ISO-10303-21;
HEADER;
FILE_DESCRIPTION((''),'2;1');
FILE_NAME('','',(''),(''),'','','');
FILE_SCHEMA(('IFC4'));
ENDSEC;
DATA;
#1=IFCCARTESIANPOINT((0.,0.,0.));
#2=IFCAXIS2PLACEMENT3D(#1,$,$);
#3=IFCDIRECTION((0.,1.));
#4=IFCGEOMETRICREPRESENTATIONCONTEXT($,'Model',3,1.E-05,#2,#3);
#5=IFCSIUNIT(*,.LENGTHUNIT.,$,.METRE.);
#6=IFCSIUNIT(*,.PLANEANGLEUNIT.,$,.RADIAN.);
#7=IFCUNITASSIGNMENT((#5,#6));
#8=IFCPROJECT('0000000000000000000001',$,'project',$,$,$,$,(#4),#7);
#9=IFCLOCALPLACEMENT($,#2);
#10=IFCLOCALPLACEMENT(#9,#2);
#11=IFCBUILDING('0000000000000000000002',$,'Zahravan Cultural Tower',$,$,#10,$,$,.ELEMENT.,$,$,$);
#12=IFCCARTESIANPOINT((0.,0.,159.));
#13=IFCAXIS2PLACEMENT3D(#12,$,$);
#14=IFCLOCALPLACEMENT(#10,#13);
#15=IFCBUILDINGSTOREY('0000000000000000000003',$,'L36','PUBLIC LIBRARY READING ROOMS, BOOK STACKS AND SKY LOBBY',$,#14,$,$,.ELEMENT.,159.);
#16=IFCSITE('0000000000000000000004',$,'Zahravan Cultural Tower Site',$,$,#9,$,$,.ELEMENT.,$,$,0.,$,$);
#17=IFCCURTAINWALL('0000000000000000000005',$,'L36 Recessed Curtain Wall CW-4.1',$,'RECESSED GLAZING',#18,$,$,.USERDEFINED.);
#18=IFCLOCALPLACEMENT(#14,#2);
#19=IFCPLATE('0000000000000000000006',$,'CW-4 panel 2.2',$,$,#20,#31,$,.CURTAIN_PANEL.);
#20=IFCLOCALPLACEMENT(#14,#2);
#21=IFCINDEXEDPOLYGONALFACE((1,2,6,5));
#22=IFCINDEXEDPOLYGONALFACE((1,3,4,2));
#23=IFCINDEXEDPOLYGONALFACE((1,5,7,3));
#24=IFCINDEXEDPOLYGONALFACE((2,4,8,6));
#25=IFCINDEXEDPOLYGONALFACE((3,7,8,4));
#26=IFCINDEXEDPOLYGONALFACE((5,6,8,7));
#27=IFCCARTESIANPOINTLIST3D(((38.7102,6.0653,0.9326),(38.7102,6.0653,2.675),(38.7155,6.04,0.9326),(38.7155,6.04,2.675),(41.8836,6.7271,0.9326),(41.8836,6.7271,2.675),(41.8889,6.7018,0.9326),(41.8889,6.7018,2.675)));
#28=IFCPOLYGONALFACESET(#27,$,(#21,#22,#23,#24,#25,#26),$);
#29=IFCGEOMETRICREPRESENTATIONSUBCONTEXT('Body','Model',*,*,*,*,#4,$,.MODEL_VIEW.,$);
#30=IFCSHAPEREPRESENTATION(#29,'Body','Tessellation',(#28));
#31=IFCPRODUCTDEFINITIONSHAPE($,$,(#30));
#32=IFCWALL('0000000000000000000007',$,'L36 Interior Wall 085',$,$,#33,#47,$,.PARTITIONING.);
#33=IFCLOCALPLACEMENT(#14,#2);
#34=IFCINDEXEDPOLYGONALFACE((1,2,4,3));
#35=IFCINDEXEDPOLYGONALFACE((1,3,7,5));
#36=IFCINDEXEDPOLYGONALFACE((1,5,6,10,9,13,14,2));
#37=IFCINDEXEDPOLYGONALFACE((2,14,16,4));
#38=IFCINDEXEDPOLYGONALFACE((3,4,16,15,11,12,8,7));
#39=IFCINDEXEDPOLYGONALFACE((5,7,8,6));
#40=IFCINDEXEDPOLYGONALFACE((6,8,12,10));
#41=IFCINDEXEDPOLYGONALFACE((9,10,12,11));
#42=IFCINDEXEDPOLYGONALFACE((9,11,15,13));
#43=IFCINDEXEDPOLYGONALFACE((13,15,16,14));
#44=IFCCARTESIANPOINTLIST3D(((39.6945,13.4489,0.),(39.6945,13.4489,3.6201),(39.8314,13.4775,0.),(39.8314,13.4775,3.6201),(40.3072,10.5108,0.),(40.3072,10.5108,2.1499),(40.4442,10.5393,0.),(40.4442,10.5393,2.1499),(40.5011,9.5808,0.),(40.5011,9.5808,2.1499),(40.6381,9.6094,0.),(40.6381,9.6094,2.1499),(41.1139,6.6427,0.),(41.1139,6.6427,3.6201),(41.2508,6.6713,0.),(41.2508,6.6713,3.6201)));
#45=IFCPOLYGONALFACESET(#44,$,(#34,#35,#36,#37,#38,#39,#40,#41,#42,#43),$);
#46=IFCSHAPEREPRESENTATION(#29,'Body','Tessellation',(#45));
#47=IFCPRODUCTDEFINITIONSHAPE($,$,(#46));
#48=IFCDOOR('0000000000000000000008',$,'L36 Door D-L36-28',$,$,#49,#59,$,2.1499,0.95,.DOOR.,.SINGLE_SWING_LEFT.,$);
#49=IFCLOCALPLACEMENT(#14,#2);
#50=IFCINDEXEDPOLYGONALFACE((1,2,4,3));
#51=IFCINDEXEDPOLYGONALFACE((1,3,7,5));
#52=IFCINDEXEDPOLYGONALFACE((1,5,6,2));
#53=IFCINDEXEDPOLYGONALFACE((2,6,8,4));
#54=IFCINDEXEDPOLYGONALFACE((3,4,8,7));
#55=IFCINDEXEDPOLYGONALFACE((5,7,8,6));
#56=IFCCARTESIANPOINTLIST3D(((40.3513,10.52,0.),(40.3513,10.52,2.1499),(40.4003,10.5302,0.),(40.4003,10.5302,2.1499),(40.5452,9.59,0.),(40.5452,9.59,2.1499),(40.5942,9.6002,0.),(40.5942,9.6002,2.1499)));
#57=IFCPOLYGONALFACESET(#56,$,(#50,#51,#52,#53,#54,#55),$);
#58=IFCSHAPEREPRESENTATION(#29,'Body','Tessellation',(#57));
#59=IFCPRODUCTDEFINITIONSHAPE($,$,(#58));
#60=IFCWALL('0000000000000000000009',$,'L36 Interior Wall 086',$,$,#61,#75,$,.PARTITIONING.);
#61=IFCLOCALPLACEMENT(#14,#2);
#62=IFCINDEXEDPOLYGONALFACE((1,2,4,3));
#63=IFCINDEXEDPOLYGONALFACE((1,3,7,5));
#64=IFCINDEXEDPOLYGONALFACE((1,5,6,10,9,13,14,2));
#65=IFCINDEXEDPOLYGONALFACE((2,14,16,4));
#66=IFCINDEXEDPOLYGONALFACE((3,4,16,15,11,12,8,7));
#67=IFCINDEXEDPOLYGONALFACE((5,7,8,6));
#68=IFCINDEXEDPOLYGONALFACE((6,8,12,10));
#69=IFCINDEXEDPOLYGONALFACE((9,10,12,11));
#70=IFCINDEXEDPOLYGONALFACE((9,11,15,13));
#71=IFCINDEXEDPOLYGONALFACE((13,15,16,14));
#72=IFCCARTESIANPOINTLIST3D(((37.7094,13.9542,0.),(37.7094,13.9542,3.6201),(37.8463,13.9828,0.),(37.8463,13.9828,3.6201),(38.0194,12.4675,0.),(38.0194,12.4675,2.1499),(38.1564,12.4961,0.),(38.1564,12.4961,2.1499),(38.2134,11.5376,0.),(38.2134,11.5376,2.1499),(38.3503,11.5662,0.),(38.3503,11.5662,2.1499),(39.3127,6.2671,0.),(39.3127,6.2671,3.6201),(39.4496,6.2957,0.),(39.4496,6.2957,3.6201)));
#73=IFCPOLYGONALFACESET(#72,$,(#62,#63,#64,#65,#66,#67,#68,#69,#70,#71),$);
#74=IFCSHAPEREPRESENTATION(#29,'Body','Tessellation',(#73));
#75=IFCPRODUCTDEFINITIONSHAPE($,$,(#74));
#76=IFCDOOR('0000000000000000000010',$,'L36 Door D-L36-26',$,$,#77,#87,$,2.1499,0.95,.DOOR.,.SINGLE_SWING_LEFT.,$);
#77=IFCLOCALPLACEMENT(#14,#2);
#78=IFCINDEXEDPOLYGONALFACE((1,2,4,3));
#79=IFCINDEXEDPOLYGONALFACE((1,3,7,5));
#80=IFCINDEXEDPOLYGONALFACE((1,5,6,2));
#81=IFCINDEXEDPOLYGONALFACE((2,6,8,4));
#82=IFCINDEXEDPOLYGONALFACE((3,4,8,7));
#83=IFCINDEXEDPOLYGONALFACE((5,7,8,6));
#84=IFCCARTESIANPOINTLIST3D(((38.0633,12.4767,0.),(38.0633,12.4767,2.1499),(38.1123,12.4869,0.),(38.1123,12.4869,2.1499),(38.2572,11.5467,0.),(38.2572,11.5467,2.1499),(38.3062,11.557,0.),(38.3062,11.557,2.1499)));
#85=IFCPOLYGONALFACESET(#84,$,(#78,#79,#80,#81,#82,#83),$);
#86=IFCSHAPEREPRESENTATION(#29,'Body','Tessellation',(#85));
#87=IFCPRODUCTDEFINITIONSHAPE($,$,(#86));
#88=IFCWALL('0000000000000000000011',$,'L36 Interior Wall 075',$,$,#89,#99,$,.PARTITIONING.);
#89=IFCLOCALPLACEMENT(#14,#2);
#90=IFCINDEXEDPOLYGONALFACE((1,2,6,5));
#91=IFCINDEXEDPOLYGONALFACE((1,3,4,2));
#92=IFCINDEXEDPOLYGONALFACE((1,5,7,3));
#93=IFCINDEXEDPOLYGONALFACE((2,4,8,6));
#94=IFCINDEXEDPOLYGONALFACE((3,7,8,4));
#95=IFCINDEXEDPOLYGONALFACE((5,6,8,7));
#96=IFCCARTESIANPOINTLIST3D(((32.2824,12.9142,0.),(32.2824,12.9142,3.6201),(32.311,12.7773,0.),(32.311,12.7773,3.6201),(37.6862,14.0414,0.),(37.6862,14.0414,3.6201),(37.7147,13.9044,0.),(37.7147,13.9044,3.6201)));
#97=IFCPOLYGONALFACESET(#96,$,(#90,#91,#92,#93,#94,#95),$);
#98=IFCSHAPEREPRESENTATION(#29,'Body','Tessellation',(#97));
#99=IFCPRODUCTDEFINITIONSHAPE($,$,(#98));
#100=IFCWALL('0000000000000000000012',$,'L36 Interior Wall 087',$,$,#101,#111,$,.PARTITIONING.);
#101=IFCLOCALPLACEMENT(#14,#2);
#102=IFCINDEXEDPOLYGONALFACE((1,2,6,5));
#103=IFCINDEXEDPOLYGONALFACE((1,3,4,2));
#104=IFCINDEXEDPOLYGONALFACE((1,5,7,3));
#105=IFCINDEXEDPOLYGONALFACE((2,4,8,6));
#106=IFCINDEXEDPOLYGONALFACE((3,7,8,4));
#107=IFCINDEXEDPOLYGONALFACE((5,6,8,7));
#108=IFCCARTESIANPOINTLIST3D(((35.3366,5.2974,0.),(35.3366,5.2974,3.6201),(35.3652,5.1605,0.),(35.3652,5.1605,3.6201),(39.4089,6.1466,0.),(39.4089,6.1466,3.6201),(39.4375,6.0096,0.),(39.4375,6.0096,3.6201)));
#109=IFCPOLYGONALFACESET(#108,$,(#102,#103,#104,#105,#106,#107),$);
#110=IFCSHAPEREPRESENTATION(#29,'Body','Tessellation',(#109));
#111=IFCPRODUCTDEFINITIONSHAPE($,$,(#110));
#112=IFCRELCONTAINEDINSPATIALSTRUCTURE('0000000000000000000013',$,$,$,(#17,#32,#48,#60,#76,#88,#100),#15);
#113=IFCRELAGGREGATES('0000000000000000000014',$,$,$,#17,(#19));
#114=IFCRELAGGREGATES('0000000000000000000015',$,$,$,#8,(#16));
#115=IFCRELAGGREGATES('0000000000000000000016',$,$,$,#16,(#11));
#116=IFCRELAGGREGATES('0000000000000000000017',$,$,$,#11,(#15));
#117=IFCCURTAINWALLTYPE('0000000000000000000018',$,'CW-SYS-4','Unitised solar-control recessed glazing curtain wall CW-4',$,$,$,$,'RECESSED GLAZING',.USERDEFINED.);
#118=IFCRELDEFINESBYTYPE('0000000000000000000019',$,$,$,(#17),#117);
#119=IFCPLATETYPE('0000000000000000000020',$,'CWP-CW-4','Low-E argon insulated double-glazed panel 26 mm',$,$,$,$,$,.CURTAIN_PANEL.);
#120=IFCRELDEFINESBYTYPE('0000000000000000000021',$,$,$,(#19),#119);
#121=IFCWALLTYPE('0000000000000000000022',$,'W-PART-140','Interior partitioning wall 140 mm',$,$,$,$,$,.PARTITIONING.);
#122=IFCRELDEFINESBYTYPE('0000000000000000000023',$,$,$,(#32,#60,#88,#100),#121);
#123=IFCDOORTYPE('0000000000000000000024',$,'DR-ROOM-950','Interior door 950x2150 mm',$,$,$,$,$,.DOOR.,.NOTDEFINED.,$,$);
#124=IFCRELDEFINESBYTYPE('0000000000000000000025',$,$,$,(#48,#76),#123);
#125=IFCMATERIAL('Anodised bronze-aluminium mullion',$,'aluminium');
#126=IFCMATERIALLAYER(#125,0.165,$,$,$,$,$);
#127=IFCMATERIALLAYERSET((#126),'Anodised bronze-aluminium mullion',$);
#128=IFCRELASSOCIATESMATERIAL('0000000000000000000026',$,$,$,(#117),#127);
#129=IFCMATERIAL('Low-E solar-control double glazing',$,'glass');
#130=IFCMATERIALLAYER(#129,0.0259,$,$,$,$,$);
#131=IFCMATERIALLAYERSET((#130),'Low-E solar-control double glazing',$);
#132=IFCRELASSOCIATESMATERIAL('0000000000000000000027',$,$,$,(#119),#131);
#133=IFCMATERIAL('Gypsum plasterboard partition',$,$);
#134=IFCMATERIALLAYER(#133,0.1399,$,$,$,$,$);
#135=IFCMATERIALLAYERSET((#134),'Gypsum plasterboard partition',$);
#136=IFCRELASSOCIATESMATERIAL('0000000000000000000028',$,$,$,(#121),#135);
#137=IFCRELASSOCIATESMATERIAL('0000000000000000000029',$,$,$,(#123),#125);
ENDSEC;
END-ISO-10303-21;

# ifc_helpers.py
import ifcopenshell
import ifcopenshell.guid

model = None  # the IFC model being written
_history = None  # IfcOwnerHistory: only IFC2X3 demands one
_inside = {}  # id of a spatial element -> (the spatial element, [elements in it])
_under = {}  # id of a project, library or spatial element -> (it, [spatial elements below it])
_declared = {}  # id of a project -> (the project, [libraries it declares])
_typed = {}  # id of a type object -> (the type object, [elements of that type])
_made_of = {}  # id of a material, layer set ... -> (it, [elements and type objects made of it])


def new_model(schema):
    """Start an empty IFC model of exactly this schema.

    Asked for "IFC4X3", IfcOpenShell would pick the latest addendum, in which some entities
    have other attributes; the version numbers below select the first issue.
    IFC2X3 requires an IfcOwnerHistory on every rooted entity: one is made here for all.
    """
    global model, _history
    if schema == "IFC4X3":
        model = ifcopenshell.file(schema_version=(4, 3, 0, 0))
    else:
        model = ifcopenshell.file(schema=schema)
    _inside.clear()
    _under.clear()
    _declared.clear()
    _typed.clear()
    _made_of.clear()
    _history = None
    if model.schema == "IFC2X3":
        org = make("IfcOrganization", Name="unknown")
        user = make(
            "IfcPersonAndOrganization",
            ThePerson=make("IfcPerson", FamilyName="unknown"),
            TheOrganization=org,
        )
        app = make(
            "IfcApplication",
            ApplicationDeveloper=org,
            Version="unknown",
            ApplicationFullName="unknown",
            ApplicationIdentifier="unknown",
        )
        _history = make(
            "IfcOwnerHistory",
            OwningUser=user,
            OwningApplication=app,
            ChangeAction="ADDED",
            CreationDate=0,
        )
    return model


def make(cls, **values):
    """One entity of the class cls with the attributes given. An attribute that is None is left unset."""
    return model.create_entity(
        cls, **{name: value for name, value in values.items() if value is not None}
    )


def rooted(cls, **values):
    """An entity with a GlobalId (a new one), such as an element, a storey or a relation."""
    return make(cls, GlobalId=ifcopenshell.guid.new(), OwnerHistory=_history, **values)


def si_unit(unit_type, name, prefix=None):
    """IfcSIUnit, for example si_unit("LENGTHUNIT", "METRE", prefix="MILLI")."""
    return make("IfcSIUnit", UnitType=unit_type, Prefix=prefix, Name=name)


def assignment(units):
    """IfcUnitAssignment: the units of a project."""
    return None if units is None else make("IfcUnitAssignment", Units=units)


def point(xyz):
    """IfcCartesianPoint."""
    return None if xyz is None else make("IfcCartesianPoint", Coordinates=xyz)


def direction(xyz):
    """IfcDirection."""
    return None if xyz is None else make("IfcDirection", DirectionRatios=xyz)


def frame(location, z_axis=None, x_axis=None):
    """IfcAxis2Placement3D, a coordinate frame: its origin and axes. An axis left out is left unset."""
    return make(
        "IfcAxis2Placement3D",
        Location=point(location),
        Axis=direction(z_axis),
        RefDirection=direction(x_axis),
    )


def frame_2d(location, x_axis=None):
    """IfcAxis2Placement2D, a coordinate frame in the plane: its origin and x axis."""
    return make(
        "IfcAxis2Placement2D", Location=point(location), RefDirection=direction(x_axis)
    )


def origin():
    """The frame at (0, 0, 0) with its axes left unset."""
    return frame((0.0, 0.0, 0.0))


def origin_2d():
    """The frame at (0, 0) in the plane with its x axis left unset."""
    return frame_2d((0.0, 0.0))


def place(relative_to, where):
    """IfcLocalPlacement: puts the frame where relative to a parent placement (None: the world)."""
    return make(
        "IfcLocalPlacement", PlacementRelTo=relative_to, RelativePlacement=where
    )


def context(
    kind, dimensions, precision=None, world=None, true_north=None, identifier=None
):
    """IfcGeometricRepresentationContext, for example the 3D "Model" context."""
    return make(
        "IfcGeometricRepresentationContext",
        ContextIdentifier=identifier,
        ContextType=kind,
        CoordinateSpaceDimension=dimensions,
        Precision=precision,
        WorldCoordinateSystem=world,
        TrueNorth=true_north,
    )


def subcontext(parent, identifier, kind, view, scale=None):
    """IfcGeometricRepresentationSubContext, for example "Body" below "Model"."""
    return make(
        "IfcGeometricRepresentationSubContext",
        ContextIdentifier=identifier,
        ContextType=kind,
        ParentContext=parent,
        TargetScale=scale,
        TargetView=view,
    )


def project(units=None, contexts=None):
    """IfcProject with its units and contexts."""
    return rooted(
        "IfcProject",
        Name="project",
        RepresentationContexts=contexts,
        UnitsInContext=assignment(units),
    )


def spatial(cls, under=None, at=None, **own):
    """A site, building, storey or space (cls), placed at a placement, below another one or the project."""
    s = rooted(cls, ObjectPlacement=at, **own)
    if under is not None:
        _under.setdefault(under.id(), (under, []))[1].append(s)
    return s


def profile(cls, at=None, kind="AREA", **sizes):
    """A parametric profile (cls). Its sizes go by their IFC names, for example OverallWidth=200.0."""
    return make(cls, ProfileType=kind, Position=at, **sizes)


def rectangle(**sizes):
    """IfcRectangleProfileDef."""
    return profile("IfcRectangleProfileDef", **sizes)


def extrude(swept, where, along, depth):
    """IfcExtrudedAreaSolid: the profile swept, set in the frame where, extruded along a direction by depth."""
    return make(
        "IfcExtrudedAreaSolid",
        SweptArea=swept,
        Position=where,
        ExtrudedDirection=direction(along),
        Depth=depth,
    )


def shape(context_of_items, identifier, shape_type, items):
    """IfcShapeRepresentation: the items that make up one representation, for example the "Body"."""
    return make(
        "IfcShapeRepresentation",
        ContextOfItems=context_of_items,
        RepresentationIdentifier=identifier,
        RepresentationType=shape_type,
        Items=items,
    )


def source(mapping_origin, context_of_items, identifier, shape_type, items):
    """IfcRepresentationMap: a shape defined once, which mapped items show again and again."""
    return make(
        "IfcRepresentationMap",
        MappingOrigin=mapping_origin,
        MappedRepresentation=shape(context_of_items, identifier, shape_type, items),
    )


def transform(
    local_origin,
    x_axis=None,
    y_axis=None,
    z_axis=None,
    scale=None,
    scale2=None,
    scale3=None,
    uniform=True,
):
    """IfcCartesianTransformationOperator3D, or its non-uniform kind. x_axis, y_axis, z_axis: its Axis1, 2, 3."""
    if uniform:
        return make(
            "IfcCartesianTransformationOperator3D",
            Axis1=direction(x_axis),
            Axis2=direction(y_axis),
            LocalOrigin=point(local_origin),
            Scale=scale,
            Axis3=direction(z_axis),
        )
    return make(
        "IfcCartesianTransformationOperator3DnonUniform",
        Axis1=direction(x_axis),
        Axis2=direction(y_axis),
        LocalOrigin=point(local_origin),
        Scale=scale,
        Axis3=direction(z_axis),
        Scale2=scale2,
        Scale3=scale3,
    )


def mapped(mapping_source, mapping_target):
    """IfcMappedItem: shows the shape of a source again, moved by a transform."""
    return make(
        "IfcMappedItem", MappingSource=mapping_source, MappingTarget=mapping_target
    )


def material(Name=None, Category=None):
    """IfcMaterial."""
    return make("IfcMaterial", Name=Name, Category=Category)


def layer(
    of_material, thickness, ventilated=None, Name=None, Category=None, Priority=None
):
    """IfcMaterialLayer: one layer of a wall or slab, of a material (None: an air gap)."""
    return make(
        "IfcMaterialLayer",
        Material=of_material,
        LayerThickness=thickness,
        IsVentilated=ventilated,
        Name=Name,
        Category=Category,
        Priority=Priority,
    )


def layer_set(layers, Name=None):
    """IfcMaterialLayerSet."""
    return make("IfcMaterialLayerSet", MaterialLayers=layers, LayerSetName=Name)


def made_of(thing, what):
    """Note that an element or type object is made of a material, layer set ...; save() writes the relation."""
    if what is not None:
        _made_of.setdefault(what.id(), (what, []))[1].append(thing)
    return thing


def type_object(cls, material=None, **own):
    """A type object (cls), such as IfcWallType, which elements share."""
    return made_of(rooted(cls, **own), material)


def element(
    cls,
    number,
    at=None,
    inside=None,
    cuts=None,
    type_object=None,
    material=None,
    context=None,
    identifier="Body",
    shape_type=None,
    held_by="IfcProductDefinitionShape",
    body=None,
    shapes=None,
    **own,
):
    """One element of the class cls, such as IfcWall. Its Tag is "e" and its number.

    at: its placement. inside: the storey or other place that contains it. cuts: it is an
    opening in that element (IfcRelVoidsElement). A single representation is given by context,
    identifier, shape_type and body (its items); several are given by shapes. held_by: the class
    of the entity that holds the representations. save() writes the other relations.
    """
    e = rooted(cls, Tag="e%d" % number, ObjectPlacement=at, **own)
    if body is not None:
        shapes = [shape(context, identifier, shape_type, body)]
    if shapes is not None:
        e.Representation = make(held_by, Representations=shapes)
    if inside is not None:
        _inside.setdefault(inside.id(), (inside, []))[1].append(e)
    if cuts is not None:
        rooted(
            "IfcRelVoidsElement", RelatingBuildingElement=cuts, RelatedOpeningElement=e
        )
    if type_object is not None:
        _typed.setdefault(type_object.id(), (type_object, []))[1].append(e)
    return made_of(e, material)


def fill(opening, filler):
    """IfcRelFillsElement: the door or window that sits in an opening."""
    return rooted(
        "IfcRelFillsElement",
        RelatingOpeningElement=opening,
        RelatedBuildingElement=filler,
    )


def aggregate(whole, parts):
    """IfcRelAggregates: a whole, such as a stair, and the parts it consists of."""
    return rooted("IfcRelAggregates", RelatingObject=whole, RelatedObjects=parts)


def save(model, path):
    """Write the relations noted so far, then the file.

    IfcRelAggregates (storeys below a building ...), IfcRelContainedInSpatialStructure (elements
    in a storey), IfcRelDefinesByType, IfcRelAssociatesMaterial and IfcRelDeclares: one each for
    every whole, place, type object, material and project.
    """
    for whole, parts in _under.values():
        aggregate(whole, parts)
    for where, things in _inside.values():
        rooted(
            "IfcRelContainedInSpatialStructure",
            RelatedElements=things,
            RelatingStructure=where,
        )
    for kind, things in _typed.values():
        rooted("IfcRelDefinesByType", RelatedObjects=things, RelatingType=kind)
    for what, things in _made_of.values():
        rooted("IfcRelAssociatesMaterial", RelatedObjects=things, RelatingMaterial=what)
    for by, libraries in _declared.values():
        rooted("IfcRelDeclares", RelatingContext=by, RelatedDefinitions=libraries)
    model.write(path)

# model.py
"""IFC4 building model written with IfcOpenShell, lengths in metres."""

from ifc_helpers import new_model, si_unit, direction, frame, frame_2d, origin, origin_2d, place, context, subcontext, project, spatial, rectangle, extrude, source, transform, mapped, material, layer, layer_set, type_object, element, fill, aggregate, save


model = new_model("IFC4")

# Units and contexts
model_context = context("Model", 3, precision=1e-05, world=origin(), true_north=direction((0.0, 1.0)))
body_context = subcontext(model_context, "Body", "Model", "MODEL_VIEW")
ifc_project = project(units=[si_unit("LENGTHUNIT", "METRE"), si_unit("PLANEANGLEUNIT", "RADIAN")], contexts=[model_context])

# Site, building, storey
site_placement = place(None, origin())
site = spatial("IfcSite", under=ifc_project, at=site_placement, Name="Zahravan Cultural Tower Site", CompositionType="ELEMENT", RefElevation=0.0)
building_placement = place(site_placement, origin())
building = spatial("IfcBuilding", under=site, at=building_placement, Name="Zahravan Cultural Tower", CompositionType="ELEMENT")
storey_placement = place(building_placement, frame((0.0, 0.0, 159.0)))
storey = spatial("IfcBuildingStorey", under=building, at=storey_placement, Name="L36", Description="PUBLIC LIBRARY READING ROOMS, BOOK STACKS AND SKY LOBBY", CompositionType="ELEMENT", Elevation=159.0)

# Curtain wall, plate
ifc_material_1 = material(Name="Anodised bronze-aluminium mullion", Category="aluminium")
ifc_layer_1 = layer(ifc_material_1, 0.165)
ifc_layer_set_1 = layer_set([ifc_layer_1], Name="Anodised bronze-aluminium mullion")
curtain_wall_type = type_object("IfcCurtainWallType", Name="CW-SYS-4", Description="Unitised solar-control recessed glazing curtain wall CW-4", ElementType="RECESSED GLAZING", PredefinedType="USERDEFINED", material=ifc_layer_set_1)
curtain_wall_placement = place(storey_placement, origin())
curtain_wall = element("IfcCurtainWall", 1, at=curtain_wall_placement, inside=storey, type_object=curtain_wall_type, Name="L36 Recessed Curtain Wall CW-4.1", ObjectType="RECESSED GLAZING", PredefinedType="USERDEFINED")
ifc_material_2 = material(Name="Low-E solar-control double glazing", Category="glass")
ifc_layer_2 = layer(ifc_material_2, 0.0259)
ifc_layer_set_2 = layer_set([ifc_layer_2], Name="Low-E solar-control double glazing")
plate_type = type_object("IfcPlateType", Name="CWP-CW-4", Description="Low-E argon insulated double-glazed panel 26 mm", PredefinedType="CURTAIN_PANEL", material=ifc_layer_set_2)
shared_shape_1 = source(origin(), body_context, "Body", "SweptSolid", [
    extrude(rectangle(XDim=3.2417, YDim=0.0259, at=origin_2d()), origin(), (0.0, 0.0, 1.0), 1.7424),
])
plate_1_placement = place(storey_placement, frame((40.2996, 6.3835, 0.9326), z_axis=(0.0, 0.0, 1.0), x_axis=(-0.978937, -0.204162, 0.0)))
plate_1 = element("IfcPlate", 2, at=plate_1_placement, type_object=plate_type, Name="CW-4 panel 2.2", PredefinedType="CURTAIN_PANEL", context=body_context, shape_type="MappedRepresentation", body=[
    mapped(shared_shape_1, transform((0.0, 0.0, 0.0), x_axis=(1.0, 0.0, 0.0), y_axis=(0.0, 1.0, 0.0), z_axis=(0.0, 0.0, 1.0), scale=1.0)),
])
aggregate(curtain_wall, [plate_1])

# Walls, openings, doors
ifc_material_3 = material(Name="Gypsum plasterboard partition")
ifc_layer_3 = layer(ifc_material_3, 0.1399)
ifc_layer_set_3 = layer_set([ifc_layer_3], Name="Gypsum plasterboard partition")
wall_type = type_object("IfcWallType", Name="W-PART-140", Description="Interior partitioning wall 140 mm", PredefinedType="PARTITIONING", material=ifc_layer_set_3)
door_type = type_object("IfcDoorType", Name="DR-ROOM-950", Description="Interior door 950x2150 mm", OperationType="NOTDEFINED", PredefinedType="DOOR", material=ifc_material_1)
shared_shape_2 = source(origin(), body_context, "Body", "SweptSolid", [
    extrude(rectangle(XDim=0.95, YDim=2.1499, at=frame_2d((0.4751, 1.075))), frame((0.0, 0.0249, 0.0), z_axis=(0.0, -1.0, 0.0), x_axis=(1.0, 0.0, 0.0)), (0.0, 0.0, 1.0), 0.05),
])
wall_1_placement = place(storey_placement, frame((41.1824, 6.657, 0.0), z_axis=(0.0, 0.0, 1.0), x_axis=(-0.204159, 0.978938, 0.0)))
wall_1 = element("IfcWall", 3, at=wall_1_placement, inside=storey, type_object=wall_type, Name="L36 Interior Wall 085", PredefinedType="PARTITIONING", context=body_context, shape_type="SweptSolid", body=[
    extrude(rectangle(XDim=6.9526, YDim=0.1399, at=frame_2d((3.4763, 0.0))), origin(), (0.0, 0.0, 1.0), 3.6201),
])
opening_1_placement = place(wall_1_placement, frame((3.0012, 0.0, 0.0)))
opening_1 = element("IfcOpeningElement", 4, at=opening_1_placement, cuts=wall_1, PredefinedType="OPENING", context=body_context, shape_type="SweptSolid", body=[
    extrude(rectangle(XDim=0.95, YDim=2.1499, at=frame_2d((0.4751, 1.075))), frame((0.0, 0.0798, 0.0), z_axis=(0.0, -1.0, 0.0), x_axis=(1.0, 0.0, 0.0)), (0.0, 0.0, 1.0), 0.1599),
])
door_1_placement = place(opening_1_placement, origin())
door_1 = element("IfcDoor", 5, at=door_1_placement, inside=storey, type_object=door_type, Name="L36 Door D-L36-28", OperationType="SINGLE_SWING_LEFT", OverallHeight=2.1499, OverallWidth=0.95, PredefinedType="DOOR", context=body_context, shape_type="MappedRepresentation", body=[
    mapped(shared_shape_2, transform((0.0, 0.0, 0.0), x_axis=(1.0, 0.0, 0.0), y_axis=(0.0, 1.0, 0.0), z_axis=(0.0, 0.0, 1.0), scale=1.0)),
])
fill(opening_1, door_1)
wall_2_placement = place(storey_placement, frame((37.7778, 13.9685, 0.0), z_axis=(0.0, 0.0, 1.0), x_axis=(0.204175, -0.978934, 0.0)))
wall_2 = element("IfcWall", 6, at=wall_2_placement, inside=storey, type_object=wall_type, Name="L36 Interior Wall 086", PredefinedType="PARTITIONING", context=body_context, shape_type="SweptSolid", body=[
    extrude(rectangle(XDim=7.8525, YDim=0.1399, at=frame_2d((3.9263, 0.0))), origin(), (0.0, 0.0, 1.0), 3.6201),
])
opening_2_placement = place(wall_2_placement, frame((1.5186, 0.0, 0.0)))
opening_2 = element("IfcOpeningElement", 7, at=opening_2_placement, cuts=wall_2, PredefinedType="OPENING", context=body_context, shape_type="SweptSolid", body=[
    extrude(rectangle(XDim=0.95, YDim=2.1499, at=frame_2d((0.4751, 1.075))), frame((0.0, 0.0798, 0.0), z_axis=(0.0, -1.0, 0.0), x_axis=(1.0, 0.0, 0.0)), (0.0, 0.0, 1.0), 0.1599),
])
door_2_placement = place(opening_2_placement, origin())
door_2 = element("IfcDoor", 8, at=door_2_placement, inside=storey, type_object=door_type, Name="L36 Door D-L36-26", OperationType="SINGLE_SWING_LEFT", OverallHeight=2.1499, OverallWidth=0.95, PredefinedType="DOOR", context=body_context, shape_type="MappedRepresentation", body=[
    mapped(shared_shape_2, transform((0.0, 0.0, 0.0), x_axis=(1.0, 0.0, 0.0), y_axis=(0.0, 1.0, 0.0), z_axis=(0.0, 0.0, 1.0), scale=1.0)),
])
fill(opening_2, door_2)

# Walls
shared_shape_3 = source(origin(), body_context, "Body", "SweptSolid", [
    extrude(rectangle(XDim=5.52, YDim=0.1399, at=frame_2d((2.76, 0.0))), origin(), (0.0, 0.0, 1.0), 3.6201),
])
wall_3_placement = place(storey_placement, frame((37.7004, 13.9729, 0.0), z_axis=(0.0, 0.0, 1.0), x_axis=(-0.97893, -0.204198, 0.0)))
element("IfcWall", 9, at=wall_3_placement, inside=storey, type_object=wall_type, Name="L36 Interior Wall 075", PredefinedType="PARTITIONING", context=body_context, shape_type="MappedRepresentation", body=[
    mapped(shared_shape_3, transform((0.0, 0.0, 0.0), x_axis=(1.0, 0.0, 0.0), y_axis=(0.0, 1.0, 0.0), z_axis=(0.0, 0.0, 1.0), scale=1.0)),
])
shared_shape_4 = source(origin(), body_context, "Body", "SweptSolid", [
    extrude(rectangle(XDim=4.1599, YDim=0.1399, at=frame_2d((2.0801, 0.0))), origin(), (0.0, 0.0, 1.0), 3.6201),
])
wall_4_placement = place(storey_placement, frame((39.4233, 6.0781, 0.0), z_axis=(0.0, 0.0, 1.0), x_axis=(-0.978945, -0.204123, 0.0)))
element("IfcWall", 10, at=wall_4_placement, inside=storey, type_object=wall_type, Name="L36 Interior Wall 087", PredefinedType="PARTITIONING", context=body_context, shape_type="MappedRepresentation", body=[
    mapped(shared_shape_4, transform((0.0, 0.0, 0.0), x_axis=(1.0, 0.0, 0.0), y_axis=(0.0, 1.0, 0.0), z_axis=(0.0, 0.0, 1.0), scale=1.0)),
])

save(model, "model.ifc")
